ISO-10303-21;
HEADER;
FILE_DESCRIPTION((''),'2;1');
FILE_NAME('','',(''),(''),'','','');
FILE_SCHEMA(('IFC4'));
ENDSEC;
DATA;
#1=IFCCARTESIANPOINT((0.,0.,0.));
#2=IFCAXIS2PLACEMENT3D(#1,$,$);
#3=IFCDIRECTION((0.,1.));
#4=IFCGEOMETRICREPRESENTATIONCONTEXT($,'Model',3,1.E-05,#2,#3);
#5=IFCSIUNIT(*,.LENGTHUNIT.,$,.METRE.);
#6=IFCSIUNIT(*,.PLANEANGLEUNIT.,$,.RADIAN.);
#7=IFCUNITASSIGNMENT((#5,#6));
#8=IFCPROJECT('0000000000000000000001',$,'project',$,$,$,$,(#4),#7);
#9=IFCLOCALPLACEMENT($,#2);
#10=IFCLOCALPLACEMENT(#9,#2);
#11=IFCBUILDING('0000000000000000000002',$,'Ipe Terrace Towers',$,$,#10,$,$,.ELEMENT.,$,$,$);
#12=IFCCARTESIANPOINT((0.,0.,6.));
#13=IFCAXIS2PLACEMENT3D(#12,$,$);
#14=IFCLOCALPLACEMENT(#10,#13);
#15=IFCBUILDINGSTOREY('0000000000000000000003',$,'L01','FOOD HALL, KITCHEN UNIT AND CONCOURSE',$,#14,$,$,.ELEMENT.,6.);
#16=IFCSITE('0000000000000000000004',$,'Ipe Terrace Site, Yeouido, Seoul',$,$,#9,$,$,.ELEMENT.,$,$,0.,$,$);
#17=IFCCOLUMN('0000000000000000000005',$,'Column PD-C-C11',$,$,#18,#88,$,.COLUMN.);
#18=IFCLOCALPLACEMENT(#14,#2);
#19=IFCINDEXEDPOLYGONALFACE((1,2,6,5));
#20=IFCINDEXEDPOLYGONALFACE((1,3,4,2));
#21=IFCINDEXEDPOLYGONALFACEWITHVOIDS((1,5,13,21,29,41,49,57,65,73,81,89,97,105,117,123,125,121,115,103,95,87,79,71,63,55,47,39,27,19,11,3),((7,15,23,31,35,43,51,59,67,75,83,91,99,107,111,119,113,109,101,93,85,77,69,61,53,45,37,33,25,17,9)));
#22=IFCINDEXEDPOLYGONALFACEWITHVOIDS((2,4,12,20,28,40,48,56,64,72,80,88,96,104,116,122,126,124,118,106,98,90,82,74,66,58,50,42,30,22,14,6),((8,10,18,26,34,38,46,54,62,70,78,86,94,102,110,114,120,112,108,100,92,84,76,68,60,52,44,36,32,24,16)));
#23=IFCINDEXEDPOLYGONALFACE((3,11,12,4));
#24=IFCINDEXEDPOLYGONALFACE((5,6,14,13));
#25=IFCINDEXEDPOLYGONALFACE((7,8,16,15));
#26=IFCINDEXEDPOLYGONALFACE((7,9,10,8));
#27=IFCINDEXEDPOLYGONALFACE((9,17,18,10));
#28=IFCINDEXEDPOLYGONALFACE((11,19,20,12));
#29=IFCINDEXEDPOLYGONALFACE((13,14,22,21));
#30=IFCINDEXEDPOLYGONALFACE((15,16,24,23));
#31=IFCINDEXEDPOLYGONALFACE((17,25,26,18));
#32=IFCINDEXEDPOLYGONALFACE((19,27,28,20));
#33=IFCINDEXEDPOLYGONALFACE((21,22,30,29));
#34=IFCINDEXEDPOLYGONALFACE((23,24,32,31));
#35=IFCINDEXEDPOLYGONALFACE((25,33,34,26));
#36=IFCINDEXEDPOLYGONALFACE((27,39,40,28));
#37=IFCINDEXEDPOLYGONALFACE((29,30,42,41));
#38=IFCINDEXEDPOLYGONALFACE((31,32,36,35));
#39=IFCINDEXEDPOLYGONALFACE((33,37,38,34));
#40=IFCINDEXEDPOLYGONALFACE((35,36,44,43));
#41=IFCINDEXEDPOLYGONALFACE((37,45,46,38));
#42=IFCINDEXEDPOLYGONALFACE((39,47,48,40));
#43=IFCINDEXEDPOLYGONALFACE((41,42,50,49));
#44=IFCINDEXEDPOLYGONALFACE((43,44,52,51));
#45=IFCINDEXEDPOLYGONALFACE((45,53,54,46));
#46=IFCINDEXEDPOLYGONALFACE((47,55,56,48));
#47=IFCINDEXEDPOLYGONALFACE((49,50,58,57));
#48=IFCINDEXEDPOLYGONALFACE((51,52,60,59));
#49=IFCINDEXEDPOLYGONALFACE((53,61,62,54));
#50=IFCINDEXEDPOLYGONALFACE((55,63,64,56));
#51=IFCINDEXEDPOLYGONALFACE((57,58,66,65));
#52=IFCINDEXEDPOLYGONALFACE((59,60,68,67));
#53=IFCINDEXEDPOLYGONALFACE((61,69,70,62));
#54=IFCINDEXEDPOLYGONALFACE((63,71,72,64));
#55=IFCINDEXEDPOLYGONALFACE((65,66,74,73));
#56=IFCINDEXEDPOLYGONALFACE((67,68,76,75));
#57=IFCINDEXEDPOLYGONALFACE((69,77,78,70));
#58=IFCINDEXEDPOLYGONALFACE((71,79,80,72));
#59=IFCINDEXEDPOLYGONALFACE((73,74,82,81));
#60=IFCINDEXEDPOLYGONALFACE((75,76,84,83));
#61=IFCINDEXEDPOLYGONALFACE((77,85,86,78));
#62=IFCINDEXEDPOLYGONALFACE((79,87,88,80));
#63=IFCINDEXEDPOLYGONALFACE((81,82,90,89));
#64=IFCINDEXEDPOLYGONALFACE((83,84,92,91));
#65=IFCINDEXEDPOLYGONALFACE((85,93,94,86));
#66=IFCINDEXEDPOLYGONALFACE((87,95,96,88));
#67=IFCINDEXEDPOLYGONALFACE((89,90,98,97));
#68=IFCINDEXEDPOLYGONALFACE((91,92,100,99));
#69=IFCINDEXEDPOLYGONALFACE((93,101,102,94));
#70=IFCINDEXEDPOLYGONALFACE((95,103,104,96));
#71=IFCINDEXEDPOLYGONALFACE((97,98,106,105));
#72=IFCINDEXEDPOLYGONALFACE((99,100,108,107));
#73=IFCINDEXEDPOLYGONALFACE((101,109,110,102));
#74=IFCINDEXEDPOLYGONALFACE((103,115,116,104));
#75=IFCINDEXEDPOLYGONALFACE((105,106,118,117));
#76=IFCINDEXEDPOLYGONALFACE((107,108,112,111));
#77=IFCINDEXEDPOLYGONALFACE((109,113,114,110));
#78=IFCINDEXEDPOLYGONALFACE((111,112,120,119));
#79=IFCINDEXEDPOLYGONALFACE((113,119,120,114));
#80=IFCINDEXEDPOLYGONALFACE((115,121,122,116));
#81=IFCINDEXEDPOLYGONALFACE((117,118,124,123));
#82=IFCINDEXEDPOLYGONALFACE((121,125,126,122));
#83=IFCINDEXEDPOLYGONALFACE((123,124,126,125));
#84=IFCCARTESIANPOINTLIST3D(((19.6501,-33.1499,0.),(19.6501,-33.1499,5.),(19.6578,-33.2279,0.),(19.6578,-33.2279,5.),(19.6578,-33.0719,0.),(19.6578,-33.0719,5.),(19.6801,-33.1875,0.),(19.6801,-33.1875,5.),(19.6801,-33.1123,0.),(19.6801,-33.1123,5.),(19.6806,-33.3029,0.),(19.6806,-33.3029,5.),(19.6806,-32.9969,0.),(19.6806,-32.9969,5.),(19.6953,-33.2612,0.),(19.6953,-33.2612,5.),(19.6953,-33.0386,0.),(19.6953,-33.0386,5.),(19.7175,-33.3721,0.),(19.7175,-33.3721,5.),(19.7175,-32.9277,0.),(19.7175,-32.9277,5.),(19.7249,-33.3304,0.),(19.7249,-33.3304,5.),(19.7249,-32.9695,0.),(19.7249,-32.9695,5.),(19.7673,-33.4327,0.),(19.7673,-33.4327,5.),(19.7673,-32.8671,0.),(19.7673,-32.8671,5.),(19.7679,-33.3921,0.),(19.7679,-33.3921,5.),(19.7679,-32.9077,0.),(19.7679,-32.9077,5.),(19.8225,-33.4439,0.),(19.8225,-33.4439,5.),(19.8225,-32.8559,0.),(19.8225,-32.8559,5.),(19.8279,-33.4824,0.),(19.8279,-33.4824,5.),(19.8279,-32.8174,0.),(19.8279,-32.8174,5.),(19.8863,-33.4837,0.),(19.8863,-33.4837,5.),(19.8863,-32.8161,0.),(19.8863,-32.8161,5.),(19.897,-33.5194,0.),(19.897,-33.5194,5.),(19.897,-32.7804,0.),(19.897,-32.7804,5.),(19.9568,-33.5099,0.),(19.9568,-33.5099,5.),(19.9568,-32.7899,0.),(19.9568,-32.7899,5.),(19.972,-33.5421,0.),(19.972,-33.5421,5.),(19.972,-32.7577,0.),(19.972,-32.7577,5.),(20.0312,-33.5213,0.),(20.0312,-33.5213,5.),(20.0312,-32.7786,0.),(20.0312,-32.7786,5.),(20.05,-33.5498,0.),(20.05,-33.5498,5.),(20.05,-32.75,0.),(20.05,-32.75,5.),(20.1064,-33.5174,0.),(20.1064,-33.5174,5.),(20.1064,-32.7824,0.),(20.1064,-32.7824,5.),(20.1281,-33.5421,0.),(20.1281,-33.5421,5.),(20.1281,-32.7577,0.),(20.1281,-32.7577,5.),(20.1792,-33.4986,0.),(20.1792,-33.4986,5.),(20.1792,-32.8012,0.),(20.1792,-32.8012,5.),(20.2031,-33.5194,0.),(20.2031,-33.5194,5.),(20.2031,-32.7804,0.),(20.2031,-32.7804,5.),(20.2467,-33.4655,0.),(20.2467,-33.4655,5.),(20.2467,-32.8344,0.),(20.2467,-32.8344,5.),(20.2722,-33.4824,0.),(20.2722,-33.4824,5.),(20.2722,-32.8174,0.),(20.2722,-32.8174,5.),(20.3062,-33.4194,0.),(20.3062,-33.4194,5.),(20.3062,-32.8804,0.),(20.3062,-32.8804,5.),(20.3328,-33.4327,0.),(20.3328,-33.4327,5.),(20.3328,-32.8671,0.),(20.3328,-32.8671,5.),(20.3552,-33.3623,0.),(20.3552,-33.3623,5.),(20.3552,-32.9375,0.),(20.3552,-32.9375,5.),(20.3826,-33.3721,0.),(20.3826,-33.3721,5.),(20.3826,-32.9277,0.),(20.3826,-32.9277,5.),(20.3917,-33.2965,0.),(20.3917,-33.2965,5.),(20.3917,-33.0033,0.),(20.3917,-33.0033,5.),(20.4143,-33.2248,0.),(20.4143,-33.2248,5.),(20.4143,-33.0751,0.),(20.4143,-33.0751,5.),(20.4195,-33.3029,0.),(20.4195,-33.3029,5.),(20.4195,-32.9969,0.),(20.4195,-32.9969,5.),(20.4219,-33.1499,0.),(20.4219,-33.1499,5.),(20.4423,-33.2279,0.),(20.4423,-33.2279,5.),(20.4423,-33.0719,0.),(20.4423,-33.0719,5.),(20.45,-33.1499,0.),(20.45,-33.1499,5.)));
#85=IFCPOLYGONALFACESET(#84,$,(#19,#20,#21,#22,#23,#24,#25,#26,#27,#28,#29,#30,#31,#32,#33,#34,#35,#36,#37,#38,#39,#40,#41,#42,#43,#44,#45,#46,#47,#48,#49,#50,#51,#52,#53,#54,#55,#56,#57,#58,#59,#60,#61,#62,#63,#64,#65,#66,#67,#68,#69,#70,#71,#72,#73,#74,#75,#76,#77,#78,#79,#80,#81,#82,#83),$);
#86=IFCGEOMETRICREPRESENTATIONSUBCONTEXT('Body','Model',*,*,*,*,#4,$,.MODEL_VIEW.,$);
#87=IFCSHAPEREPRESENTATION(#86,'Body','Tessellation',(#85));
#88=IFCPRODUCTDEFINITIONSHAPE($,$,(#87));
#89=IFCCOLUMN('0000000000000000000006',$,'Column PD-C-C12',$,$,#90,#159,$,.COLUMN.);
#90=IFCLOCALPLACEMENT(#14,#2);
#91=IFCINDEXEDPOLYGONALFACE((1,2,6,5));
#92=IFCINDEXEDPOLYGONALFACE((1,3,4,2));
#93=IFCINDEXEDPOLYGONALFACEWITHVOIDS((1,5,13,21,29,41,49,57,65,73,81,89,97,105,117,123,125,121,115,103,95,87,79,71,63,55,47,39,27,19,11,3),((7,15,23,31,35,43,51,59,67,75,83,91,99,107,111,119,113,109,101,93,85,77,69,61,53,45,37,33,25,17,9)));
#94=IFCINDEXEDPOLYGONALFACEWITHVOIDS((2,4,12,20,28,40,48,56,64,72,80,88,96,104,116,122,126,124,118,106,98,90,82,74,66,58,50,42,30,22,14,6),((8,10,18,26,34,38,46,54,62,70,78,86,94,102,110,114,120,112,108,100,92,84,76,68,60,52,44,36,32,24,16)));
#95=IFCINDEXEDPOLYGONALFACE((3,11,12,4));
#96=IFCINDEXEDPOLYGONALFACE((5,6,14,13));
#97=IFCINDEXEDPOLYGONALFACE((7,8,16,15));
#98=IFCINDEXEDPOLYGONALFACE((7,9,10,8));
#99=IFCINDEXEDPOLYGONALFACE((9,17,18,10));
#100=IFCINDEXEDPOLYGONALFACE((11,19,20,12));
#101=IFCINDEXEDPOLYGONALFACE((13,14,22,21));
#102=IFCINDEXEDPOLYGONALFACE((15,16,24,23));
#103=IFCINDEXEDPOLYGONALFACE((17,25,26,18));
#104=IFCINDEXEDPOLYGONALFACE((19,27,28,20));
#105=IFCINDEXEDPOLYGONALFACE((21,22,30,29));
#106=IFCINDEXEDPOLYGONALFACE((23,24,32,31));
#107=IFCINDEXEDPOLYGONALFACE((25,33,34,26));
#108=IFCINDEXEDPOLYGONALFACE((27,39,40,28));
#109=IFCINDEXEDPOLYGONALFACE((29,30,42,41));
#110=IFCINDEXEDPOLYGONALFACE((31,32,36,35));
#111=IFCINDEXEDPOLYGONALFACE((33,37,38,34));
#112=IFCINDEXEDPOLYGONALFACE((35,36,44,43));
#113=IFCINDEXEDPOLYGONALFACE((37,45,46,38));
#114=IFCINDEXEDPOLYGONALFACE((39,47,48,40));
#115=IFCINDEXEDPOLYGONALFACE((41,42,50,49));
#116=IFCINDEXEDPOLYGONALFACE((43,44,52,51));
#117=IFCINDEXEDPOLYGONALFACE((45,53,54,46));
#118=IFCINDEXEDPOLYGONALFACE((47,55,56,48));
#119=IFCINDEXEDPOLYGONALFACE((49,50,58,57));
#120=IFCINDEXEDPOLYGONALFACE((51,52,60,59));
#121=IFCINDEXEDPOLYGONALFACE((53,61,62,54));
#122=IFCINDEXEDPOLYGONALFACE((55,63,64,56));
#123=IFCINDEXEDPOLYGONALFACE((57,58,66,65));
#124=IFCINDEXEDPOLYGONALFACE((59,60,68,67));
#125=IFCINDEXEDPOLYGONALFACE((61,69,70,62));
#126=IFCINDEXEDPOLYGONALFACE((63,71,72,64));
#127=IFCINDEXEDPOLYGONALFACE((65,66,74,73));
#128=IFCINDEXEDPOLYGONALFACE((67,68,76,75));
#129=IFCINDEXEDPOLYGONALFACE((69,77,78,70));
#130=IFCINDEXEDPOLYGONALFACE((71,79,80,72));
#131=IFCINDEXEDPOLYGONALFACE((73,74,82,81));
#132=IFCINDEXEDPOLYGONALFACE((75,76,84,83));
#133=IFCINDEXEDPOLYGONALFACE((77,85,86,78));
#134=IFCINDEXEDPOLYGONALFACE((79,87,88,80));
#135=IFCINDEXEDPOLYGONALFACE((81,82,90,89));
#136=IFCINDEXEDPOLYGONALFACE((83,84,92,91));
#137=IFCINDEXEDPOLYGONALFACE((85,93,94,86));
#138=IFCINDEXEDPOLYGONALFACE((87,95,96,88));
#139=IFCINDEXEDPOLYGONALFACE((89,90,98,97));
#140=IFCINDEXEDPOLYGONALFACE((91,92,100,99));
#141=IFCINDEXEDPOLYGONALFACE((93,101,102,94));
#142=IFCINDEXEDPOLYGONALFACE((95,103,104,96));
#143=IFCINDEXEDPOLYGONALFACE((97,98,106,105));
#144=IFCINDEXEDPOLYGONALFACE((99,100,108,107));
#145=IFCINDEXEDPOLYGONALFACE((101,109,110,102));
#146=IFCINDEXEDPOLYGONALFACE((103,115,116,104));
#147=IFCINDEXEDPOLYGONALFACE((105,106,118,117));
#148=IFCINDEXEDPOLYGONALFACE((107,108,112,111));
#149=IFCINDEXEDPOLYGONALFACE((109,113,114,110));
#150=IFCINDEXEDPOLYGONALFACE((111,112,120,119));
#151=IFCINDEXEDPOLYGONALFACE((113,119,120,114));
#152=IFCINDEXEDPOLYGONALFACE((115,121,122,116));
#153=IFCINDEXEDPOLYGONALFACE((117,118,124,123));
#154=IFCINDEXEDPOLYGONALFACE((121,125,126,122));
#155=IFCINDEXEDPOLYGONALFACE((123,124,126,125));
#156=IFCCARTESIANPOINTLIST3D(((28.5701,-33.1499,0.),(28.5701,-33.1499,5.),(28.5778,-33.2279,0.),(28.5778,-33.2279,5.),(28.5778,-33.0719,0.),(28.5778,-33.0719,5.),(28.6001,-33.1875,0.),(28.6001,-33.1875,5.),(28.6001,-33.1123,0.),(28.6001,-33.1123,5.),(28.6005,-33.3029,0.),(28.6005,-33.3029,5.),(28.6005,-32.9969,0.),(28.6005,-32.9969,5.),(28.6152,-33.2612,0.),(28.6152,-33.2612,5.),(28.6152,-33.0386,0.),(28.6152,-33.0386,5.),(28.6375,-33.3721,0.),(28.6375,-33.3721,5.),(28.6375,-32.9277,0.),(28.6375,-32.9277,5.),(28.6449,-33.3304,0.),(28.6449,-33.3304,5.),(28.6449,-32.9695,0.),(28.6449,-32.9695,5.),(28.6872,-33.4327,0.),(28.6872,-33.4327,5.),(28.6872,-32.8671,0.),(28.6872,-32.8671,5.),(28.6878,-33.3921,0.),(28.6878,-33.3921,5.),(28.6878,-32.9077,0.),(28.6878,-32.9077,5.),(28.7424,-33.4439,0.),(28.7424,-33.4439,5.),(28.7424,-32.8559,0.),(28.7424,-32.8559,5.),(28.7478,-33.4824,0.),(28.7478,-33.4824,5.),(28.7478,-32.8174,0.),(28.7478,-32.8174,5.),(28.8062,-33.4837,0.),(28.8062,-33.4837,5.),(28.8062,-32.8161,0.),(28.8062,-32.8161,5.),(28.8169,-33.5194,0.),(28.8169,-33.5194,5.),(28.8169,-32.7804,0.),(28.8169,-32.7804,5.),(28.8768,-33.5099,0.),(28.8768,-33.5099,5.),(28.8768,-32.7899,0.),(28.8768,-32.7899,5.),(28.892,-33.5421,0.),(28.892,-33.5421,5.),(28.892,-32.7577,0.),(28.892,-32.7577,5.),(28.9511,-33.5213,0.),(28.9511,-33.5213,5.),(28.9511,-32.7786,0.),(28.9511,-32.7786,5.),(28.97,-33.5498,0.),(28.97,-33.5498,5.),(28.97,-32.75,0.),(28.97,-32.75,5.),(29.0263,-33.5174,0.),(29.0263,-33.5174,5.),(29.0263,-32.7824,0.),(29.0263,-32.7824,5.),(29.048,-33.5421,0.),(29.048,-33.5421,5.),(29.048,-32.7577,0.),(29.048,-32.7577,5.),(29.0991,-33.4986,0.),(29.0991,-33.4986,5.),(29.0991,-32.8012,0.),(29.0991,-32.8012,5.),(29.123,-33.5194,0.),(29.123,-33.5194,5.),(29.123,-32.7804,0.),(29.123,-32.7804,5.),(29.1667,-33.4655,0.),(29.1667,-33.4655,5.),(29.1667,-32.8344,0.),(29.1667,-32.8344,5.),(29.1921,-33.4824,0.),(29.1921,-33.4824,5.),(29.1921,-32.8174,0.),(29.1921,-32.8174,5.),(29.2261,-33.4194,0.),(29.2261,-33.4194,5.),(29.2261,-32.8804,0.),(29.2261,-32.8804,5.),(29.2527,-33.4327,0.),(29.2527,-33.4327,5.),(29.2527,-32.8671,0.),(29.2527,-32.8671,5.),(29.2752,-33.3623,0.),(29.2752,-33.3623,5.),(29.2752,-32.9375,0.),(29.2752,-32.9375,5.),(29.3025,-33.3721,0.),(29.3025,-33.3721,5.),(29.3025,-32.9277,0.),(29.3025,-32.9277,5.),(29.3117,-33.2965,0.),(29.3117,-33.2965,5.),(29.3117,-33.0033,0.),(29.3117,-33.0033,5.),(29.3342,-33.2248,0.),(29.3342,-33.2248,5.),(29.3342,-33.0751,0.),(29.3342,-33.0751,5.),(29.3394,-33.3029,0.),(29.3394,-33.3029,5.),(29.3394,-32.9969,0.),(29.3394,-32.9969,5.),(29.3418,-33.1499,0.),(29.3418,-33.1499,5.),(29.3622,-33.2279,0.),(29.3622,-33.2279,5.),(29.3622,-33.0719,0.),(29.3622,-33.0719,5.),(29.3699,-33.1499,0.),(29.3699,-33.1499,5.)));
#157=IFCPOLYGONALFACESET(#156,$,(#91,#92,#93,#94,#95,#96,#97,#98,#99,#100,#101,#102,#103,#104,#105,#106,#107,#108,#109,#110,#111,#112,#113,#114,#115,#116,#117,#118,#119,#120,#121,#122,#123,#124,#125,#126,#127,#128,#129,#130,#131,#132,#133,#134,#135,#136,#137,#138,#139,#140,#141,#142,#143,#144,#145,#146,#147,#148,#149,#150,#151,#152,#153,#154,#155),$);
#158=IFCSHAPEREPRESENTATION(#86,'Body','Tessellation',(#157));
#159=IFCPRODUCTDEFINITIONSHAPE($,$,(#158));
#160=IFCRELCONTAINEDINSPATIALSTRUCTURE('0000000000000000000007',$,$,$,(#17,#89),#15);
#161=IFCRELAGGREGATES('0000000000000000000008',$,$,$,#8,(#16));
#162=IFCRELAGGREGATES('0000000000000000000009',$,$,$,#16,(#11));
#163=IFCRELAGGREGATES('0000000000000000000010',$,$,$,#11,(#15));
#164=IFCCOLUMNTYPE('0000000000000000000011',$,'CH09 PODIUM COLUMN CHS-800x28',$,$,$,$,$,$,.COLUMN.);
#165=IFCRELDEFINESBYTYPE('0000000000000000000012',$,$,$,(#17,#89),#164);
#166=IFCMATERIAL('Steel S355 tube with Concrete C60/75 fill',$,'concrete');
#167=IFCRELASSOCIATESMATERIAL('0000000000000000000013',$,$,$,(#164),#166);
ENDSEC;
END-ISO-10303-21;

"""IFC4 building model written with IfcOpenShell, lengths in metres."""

from ifc_helpers import new_model, si_unit, direction, frame, origin, origin_2d, place, context, subcontext, project, spatial, hollow_circle, extrude, material, material_profile, profile_set, type_object, element, save


model = new_model("IFC4")

# Units and contexts
model_context = context("Model", 3, precision=1e-05, world=origin(), true_north=direction((0.0, 1.0)))
body_context = subcontext(model_context, "Body", "Model", "MODEL_VIEW")
ifc_project = project(units=[si_unit("LENGTHUNIT", "METRE"), si_unit("PLANEANGLEUNIT", "RADIAN")], contexts=[model_context])

# Site, building, storey
site_placement = place(None, origin())
site = spatial("IfcSite", under=ifc_project, at=site_placement, Name="Ipe Terrace Site, Yeouido, Seoul", CompositionType="ELEMENT", RefElevation=0.0)
building_placement = place(site_placement, origin())
building = spatial("IfcBuilding", under=site, at=building_placement, Name="Ipe Terrace Towers", CompositionType="ELEMENT")
storey_placement = place(building_placement, frame((0.0, 0.0, 6.0)))
storey = spatial("IfcBuildingStorey", under=building, at=storey_placement, Name="L01", Description="FOOD HALL, KITCHEN UNIT AND CONCOURSE", CompositionType="ELEMENT", Elevation=6.0)

# Columns
ifc_material_1 = material(Name="Steel S355 tube with Concrete C60/75 fill", Category="concrete")
ifc_material_profile_1 = material_profile(ifc_material_1, hollow_circle(Radius=0.3999, WallThickness=0.0281, at=origin_2d()), Name="CHS-800x28")
ifc_profile_set_1 = profile_set([ifc_material_profile_1], Name="Steel S355 tube with Concrete C60/75 fill")
column_type_1 = type_object("IfcColumnType", Name="CH09 PODIUM COLUMN CHS-800x28", PredefinedType="COLUMN", material=ifc_profile_set_1)
for number, where, z_axis, x_axis, name in (
    (1, (20.05, -33.1499, 0.0), (0.0, 0.0, 1.0), (1.0, 0.0, 0.0), "Column PD-C-C11"),
    (2, (28.97, -33.1499, 0.0), (0.0, 0.0, 1.0), (1.0, 0.0, 0.0), "Column PD-C-C12"),
):
    element("IfcColumn", number, at=place(storey_placement, frame(where, z_axis=z_axis, x_axis=x_axis)), inside=storey, type_object=column_type_1, Name=name, PredefinedType="COLUMN", context=body_context, shape_type="SweptSolid", body=[
        extrude(hollow_circle(Radius=0.3999, WallThickness=0.0281, at=origin_2d()), origin(), (0.0, 0.0, 1.0), 5.0),
    ])

save(model, "model.ifc")
